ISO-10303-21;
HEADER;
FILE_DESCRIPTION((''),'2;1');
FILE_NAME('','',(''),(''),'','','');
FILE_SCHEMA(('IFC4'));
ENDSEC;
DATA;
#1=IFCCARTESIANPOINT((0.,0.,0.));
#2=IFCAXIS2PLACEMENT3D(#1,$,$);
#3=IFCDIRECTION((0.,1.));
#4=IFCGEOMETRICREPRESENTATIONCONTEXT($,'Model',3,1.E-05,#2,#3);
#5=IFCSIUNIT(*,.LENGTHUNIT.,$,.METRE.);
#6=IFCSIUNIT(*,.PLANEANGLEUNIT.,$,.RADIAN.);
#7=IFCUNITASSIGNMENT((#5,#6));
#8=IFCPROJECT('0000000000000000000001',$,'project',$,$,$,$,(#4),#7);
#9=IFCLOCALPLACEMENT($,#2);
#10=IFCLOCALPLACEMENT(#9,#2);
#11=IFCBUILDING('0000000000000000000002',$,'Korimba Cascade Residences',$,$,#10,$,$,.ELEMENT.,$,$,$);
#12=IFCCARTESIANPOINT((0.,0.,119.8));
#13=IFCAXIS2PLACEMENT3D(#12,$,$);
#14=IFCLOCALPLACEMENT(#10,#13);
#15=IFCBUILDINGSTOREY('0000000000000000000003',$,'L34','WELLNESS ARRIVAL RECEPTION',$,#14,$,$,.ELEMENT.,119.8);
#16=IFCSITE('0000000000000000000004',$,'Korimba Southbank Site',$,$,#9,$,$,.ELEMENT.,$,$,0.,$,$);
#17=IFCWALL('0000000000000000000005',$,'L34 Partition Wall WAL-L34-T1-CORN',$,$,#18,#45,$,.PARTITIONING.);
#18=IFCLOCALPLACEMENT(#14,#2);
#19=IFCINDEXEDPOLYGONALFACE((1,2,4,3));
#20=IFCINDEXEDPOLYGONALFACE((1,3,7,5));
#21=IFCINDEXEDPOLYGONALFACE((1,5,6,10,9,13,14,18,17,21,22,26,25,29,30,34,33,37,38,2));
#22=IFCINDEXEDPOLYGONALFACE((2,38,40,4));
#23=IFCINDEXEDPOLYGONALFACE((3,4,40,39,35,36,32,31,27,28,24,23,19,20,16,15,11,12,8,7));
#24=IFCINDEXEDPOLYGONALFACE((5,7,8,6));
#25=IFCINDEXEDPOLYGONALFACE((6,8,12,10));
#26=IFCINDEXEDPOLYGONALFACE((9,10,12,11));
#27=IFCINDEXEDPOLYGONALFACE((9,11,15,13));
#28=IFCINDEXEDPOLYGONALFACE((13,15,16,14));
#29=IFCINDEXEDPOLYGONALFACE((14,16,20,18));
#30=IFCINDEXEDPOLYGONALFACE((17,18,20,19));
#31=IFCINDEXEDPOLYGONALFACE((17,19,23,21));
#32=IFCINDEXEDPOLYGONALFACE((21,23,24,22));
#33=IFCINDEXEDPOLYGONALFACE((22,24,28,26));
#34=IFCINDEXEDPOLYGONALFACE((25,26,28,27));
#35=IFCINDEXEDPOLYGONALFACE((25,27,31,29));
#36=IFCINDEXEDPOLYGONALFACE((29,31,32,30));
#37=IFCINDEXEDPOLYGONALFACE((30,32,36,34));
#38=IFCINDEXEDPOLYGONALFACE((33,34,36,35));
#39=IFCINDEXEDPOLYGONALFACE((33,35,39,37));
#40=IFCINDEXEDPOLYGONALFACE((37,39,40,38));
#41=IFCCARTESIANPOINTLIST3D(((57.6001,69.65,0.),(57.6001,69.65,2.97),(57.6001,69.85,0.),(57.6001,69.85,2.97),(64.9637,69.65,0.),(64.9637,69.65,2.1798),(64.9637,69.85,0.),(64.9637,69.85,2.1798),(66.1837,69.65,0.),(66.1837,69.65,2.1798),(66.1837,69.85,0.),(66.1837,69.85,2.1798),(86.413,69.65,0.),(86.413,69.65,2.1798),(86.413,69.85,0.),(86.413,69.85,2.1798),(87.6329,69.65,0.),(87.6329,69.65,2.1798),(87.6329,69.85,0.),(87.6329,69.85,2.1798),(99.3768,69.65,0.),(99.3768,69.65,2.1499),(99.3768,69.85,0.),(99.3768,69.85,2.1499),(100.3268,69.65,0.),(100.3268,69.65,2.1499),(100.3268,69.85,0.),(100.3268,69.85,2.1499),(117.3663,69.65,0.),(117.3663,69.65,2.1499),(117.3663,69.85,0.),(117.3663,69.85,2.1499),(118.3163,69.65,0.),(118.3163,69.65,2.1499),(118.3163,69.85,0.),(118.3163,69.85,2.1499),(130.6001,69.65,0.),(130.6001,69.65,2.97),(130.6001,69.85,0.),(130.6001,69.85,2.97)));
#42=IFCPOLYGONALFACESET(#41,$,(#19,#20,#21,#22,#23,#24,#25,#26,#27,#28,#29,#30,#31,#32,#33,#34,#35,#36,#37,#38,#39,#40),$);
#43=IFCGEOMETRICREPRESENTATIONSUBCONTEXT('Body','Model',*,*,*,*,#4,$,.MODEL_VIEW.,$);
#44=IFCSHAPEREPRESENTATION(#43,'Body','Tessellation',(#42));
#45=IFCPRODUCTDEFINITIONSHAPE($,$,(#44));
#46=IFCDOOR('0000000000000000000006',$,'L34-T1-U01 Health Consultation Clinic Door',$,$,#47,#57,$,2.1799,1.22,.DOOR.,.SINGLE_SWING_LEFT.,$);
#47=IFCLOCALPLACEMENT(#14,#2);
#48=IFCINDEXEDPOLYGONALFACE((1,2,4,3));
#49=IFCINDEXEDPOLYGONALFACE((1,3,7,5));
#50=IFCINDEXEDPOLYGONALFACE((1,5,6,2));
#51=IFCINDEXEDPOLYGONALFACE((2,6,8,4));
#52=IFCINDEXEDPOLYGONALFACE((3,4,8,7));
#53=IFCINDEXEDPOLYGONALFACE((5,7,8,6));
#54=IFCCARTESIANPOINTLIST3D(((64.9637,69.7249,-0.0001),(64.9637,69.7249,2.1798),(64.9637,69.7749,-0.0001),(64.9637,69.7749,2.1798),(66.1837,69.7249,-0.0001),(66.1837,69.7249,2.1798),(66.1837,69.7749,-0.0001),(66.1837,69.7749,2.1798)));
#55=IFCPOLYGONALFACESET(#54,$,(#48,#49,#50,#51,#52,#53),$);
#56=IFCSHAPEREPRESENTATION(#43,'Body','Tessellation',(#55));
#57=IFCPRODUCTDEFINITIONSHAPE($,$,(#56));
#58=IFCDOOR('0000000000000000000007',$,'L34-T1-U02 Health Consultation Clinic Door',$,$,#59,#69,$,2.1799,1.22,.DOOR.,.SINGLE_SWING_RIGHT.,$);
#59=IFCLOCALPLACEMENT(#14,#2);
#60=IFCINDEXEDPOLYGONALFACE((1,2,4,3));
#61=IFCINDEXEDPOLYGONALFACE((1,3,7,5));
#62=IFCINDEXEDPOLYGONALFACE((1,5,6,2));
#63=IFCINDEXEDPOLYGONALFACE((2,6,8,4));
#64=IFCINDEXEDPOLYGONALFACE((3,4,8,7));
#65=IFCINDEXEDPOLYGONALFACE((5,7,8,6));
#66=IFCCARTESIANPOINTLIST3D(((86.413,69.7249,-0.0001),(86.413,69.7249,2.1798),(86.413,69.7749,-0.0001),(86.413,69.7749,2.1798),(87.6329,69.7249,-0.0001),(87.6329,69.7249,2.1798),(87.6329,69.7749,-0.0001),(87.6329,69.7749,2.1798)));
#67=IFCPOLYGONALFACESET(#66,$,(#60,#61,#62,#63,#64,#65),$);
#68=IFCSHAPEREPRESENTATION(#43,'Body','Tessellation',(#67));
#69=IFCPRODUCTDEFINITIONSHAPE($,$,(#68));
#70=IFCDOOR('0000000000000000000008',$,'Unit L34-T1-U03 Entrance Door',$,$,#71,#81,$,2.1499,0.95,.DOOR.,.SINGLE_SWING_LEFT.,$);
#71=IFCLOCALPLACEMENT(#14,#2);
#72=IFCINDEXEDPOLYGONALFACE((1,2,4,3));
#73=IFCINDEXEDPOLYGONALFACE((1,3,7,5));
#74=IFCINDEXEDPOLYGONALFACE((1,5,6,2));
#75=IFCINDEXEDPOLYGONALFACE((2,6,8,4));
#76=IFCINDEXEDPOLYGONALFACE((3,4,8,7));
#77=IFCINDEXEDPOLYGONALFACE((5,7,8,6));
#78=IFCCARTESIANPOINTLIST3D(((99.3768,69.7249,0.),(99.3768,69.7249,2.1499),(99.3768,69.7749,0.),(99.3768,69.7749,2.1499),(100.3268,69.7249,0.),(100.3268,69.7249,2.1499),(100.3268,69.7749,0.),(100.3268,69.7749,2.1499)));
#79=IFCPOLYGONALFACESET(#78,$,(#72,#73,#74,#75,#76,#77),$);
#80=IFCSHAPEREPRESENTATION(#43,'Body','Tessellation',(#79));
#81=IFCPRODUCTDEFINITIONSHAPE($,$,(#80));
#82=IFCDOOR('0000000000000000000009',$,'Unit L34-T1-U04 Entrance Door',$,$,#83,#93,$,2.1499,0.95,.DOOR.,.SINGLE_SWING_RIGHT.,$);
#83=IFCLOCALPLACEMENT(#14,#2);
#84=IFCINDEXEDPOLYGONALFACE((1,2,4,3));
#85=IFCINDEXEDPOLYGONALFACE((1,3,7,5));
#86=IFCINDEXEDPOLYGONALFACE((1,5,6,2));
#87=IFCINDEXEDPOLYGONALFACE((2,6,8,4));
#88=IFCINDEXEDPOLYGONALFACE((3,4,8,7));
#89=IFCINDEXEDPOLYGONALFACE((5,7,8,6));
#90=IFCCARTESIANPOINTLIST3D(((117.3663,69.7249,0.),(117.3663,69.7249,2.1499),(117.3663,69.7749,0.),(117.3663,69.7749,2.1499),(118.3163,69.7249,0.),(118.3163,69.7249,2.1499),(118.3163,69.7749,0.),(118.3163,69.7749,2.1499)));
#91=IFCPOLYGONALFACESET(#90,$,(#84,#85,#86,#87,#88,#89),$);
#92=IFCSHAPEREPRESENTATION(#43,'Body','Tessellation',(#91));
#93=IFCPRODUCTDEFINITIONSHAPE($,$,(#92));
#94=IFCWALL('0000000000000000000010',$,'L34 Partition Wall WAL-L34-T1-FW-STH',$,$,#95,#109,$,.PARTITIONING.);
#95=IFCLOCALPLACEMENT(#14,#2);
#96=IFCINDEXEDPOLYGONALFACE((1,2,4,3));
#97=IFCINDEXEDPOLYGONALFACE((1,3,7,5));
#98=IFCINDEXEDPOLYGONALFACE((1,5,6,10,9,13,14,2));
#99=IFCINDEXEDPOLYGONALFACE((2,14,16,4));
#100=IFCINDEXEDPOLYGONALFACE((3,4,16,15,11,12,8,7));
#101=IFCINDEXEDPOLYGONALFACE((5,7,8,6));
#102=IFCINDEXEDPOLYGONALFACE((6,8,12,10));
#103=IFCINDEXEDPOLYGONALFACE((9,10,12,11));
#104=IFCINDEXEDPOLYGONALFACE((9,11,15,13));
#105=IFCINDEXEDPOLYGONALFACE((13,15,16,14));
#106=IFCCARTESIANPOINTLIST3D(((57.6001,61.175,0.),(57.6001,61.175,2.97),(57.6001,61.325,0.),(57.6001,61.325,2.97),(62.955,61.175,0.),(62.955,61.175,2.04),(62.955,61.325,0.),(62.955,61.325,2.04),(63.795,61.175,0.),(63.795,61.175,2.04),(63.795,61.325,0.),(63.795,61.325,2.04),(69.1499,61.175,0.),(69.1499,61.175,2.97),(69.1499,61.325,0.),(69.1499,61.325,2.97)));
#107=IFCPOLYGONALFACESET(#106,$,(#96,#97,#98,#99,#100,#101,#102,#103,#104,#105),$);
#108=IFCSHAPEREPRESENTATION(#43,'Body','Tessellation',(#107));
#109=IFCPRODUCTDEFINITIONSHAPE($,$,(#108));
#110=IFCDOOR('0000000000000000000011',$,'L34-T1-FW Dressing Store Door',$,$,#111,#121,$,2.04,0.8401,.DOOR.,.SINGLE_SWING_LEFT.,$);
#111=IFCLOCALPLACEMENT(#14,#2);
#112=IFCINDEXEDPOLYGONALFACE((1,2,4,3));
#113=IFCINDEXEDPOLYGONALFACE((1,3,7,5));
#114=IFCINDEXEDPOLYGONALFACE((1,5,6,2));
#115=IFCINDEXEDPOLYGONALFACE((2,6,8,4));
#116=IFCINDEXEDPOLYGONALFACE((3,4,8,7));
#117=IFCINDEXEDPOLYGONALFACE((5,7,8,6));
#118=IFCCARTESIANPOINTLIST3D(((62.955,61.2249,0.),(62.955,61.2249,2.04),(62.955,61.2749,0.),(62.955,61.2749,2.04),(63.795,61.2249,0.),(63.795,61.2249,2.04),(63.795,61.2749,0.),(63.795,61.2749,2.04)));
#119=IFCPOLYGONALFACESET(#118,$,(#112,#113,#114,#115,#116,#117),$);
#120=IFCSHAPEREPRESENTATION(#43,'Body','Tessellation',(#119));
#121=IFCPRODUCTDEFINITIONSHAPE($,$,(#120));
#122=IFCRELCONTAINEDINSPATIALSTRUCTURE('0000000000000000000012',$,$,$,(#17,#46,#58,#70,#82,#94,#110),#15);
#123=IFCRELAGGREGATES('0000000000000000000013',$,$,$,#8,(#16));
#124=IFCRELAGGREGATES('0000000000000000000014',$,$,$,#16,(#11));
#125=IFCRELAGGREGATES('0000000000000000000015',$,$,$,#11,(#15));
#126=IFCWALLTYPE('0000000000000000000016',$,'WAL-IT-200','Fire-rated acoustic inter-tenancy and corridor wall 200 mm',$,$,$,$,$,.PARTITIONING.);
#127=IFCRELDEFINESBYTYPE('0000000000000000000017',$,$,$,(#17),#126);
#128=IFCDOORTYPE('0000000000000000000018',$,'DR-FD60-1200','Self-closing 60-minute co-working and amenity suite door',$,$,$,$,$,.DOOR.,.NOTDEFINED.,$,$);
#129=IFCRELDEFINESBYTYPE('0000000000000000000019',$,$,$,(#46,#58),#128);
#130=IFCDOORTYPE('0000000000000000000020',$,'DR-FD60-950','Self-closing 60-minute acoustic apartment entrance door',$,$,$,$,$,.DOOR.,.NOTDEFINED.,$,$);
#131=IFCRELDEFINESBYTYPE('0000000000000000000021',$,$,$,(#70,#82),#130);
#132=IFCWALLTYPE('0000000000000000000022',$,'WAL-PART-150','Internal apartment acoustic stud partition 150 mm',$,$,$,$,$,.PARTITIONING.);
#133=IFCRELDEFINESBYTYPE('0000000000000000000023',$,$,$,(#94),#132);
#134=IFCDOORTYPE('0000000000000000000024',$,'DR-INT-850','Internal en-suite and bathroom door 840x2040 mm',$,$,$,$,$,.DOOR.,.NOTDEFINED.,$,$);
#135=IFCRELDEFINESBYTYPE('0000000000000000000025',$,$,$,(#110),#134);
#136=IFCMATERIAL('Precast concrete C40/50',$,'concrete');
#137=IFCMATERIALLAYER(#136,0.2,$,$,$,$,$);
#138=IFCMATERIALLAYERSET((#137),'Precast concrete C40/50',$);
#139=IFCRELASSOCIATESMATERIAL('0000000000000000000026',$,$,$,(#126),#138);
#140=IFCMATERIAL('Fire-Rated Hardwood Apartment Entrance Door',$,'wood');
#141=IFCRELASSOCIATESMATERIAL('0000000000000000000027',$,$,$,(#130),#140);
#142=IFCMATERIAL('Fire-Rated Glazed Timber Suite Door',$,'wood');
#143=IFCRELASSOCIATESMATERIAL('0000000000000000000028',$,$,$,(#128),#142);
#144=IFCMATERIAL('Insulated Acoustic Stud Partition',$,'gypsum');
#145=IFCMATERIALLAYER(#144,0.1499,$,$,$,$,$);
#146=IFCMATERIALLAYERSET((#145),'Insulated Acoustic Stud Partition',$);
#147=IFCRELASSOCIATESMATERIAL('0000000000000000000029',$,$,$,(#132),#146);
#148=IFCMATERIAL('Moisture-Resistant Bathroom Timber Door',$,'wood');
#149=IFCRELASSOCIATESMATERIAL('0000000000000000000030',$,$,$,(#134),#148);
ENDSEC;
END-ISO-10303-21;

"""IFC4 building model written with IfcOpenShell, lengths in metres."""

from ifc_helpers import new_model, si_unit, direction, frame, frame_2d, origin, place, context, subcontext, project, spatial, rectangle, extrude, material, layer, layer_set, type_object, element, fill, save


model = new_model("IFC4")

# Units and contexts
model_context = context("Model", 3, precision=1e-05, world=origin(), true_north=direction((0.0, 1.0)))
body_context = subcontext(model_context, "Body", "Model", "MODEL_VIEW")
ifc_project = project(units=[si_unit("LENGTHUNIT", "METRE"), si_unit("PLANEANGLEUNIT", "RADIAN")], contexts=[model_context])

# Site, building, storey
site_placement = place(None, origin())
site = spatial("IfcSite", under=ifc_project, at=site_placement, Name="Korimba Southbank Site", CompositionType="ELEMENT", RefElevation=0.0)
building_placement = place(site_placement, origin())
building = spatial("IfcBuilding", under=site, at=building_placement, Name="Korimba Cascade Residences", CompositionType="ELEMENT")
storey_placement = place(building_placement, frame((0.0, 0.0, 119.8)))
storey = spatial("IfcBuildingStorey", under=building, at=storey_placement, Name="L34", Description="WELLNESS ARRIVAL RECEPTION", CompositionType="ELEMENT", Elevation=119.8)

# Shared definitions
ifc_material_1 = material(Name="Precast concrete C40/50", Category="concrete")
ifc_layer_1 = layer(ifc_material_1, 0.2)
ifc_layer_set_1 = layer_set([ifc_layer_1], Name="Precast concrete C40/50")
wall_type_1 = type_object("IfcWallType", Name="WAL-IT-200", Description="Fire-rated acoustic inter-tenancy and corridor wall 200 mm", PredefinedType="PARTITIONING", material=ifc_layer_set_1)
ifc_material_2 = material(Name="Fire-Rated Hardwood Apartment Entrance Door", Category="wood")
door_type_1 = type_object("IfcDoorType", Name="DR-FD60-950", Description="Self-closing 60-minute acoustic apartment entrance door", OperationType="NOTDEFINED", PredefinedType="DOOR", material=ifc_material_2)

# Wall, openings, doors
wall_1_placement = place(storey_placement, frame((57.6001, 69.75, 0.0), z_axis=(0.0, 0.0, 1.0), x_axis=(1.0, 0.0, 0.0)))
wall_1 = element("IfcWall", 1, at=wall_1_placement, inside=storey, type_object=wall_type_1, Name="L34 Partition Wall WAL-L34-T1-CORN", PredefinedType="PARTITIONING", context=body_context, shape_type="SweptSolid", body=[
    extrude(rectangle(XDim=73.0, YDim=0.2, at=frame_2d((36.5, 0.0))), origin(), (0.0, 0.0, 1.0), 2.97),
])
opening_1_placement = place(wall_1_placement, frame((7.3638, 0.0, 0.0)))
opening_1 = element("IfcOpeningElement", 2, at=opening_1_placement, cuts=wall_1, PredefinedType="OPENING", context=body_context, shape_type="SweptSolid", body=[
    extrude(rectangle(XDim=1.22, YDim=2.1799, at=frame_2d((0.6099, 1.0898))), frame((0.0, 0.1099, 0.0), z_axis=(0.0, -1.0, 0.0), x_axis=(1.0, 0.0, 0.0)), (0.0, 0.0, 1.0), 0.22),
])
opening_2_placement = place(wall_1_placement, frame((28.813, 0.0, 0.0)))
opening_2 = element("IfcOpeningElement", 3, at=opening_2_placement, cuts=wall_1, PredefinedType="OPENING", context=body_context, shape_type="SweptSolid", body=[
    extrude(rectangle(XDim=1.22, YDim=2.1799, at=frame_2d((0.6099, 1.0898))), frame((0.0, 0.1099, 0.0), z_axis=(0.0, -1.0, 0.0), x_axis=(1.0, 0.0, 0.0)), (0.0, 0.0, 1.0), 0.22),
])
opening_3_placement = place(wall_1_placement, frame((41.7766, 0.0, 0.0)))
opening_3 = element("IfcOpeningElement", 4, at=opening_3_placement, cuts=wall_1, PredefinedType="OPENING", context=body_context, shape_type="SweptSolid", body=[
    extrude(rectangle(XDim=0.95, YDim=2.1499, at=frame_2d((0.4751, 1.075))), frame((0.0, 0.1099, 0.0), z_axis=(0.0, -1.0, 0.0), x_axis=(1.0, 0.0, 0.0)), (0.0, 0.0, 1.0), 0.22),
])
opening_4_placement = place(wall_1_placement, frame((59.7661, 0.0, 0.0)))
opening_4 = element("IfcOpeningElement", 5, at=opening_4_placement, cuts=wall_1, PredefinedType="OPENING", context=body_context, shape_type="SweptSolid", body=[
    extrude(rectangle(XDim=0.95, YDim=2.1499, at=frame_2d((0.4751, 1.075))), frame((0.0, 0.1099, 0.0), z_axis=(0.0, -1.0, 0.0), x_axis=(1.0, 0.0, 0.0)), (0.0, 0.0, 1.0), 0.22),
])
ifc_material_3 = material(Name="Fire-Rated Glazed Timber Suite Door", Category="wood")
door_type_2 = type_object("IfcDoorType", Name="DR-FD60-1200", Description="Self-closing 60-minute co-working and amenity suite door", OperationType="NOTDEFINED", PredefinedType="DOOR", material=ifc_material_3)
door_1_placement = place(opening_1_placement, origin())
door_1 = element("IfcDoor", 6, at=door_1_placement, inside=storey, type_object=door_type_2, Name="L34-T1-U01 Health Consultation Clinic Door", OperationType="SINGLE_SWING_LEFT", OverallHeight=2.1799, OverallWidth=1.22, PredefinedType="DOOR", context=body_context, shape_type="SweptSolid", body=[
    extrude(rectangle(XDim=1.22, YDim=2.1799, at=frame_2d((0.6099, 1.0898))), frame((0.0, 0.0249, 0.0), z_axis=(0.0, -1.0, 0.0), x_axis=(1.0, 0.0, 0.0)), (0.0, 0.0, 1.0), 0.05),
])
fill(opening_1, door_1)
door_2_placement = place(opening_2_placement, origin())
door_2 = element("IfcDoor", 7, at=door_2_placement, inside=storey, type_object=door_type_2, Name="L34-T1-U02 Health Consultation Clinic Door", OperationType="SINGLE_SWING_RIGHT", OverallHeight=2.1799, OverallWidth=1.22, PredefinedType="DOOR", context=body_context, shape_type="SweptSolid", body=[
    extrude(rectangle(XDim=1.22, YDim=2.1799, at=frame_2d((0.6099, 1.0898))), frame((0.0, 0.0249, 0.0), z_axis=(0.0, -1.0, 0.0), x_axis=(1.0, 0.0, 0.0)), (0.0, 0.0, 1.0), 0.05),
])
fill(opening_2, door_2)
door_3_placement = place(opening_3_placement, origin())
door_3 = element("IfcDoor", 8, at=door_3_placement, inside=storey, type_object=door_type_1, Name="Unit L34-T1-U03 Entrance Door", OperationType="SINGLE_SWING_LEFT", OverallHeight=2.1499, OverallWidth=0.95, PredefinedType="DOOR", context=body_context, shape_type="SweptSolid", body=[
    extrude(rectangle(XDim=0.95, YDim=2.1499, at=frame_2d((0.4751, 1.075))), frame((0.0, 0.0249, 0.0), z_axis=(0.0, -1.0, 0.0), x_axis=(1.0, 0.0, 0.0)), (0.0, 0.0, 1.0), 0.05),
])
fill(opening_3, door_3)
door_4_placement = place(opening_4_placement, origin())
door_4 = element("IfcDoor", 9, at=door_4_placement, inside=storey, type_object=door_type_1, Name="Unit L34-T1-U04 Entrance Door", OperationType="SINGLE_SWING_RIGHT", OverallHeight=2.1499, OverallWidth=0.95, PredefinedType="DOOR", context=body_context, shape_type="SweptSolid", body=[
    extrude(rectangle(XDim=0.95, YDim=2.1499, at=frame_2d((0.4751, 1.075))), frame((0.0, 0.0249, 0.0), z_axis=(0.0, -1.0, 0.0), x_axis=(1.0, 0.0, 0.0)), (0.0, 0.0, 1.0), 0.05),
])
fill(opening_4, door_4)

# Wall, opening, door
ifc_material_4 = material(Name="Insulated Acoustic Stud Partition", Category="gypsum")
ifc_layer_2 = layer(ifc_material_4, 0.1499)
ifc_layer_set_2 = layer_set([ifc_layer_2], Name="Insulated Acoustic Stud Partition")
wall_type_2 = type_object("IfcWallType", Name="WAL-PART-150", Description="Internal apartment acoustic stud partition 150 mm", PredefinedType="PARTITIONING", material=ifc_layer_set_2)
wall_2_placement = place(storey_placement, frame((57.6001, 61.25, 0.0), z_axis=(0.0, 0.0, 1.0), x_axis=(1.0, 0.0, 0.0)))
wall_2 = element("IfcWall", 10, at=wall_2_placement, inside=storey, type_object=wall_type_2, Name="L34 Partition Wall WAL-L34-T1-FW-STH", PredefinedType="PARTITIONING", context=body_context, shape_type="SweptSolid", body=[
    extrude(rectangle(XDim=11.5498, YDim=0.1499, at=frame_2d((5.7749, 0.0))), origin(), (0.0, 0.0, 1.0), 2.97),
])
opening_5_placement = place(wall_2_placement, frame((5.355, 0.0, 0.0)))
opening_5 = element("IfcOpeningElement", 11, at=opening_5_placement, cuts=wall_2, PredefinedType="OPENING", context=body_context, shape_type="SweptSolid", body=[
    extrude(rectangle(XDim=0.8401, YDim=2.04, at=frame_2d((0.4199, 1.02))), frame((0.0, 0.085, 0.0), z_axis=(0.0, -1.0, 0.0), x_axis=(1.0, 0.0, 0.0)), (0.0, 0.0, 1.0), 0.1699),
])
ifc_material_5 = material(Name="Moisture-Resistant Bathroom Timber Door", Category="wood")
door_type_3 = type_object("IfcDoorType", Name="DR-INT-850", Description="Internal en-suite and bathroom door 840x2040 mm", OperationType="NOTDEFINED", PredefinedType="DOOR", material=ifc_material_5)
door_5_placement = place(opening_5_placement, origin())
door_5 = element("IfcDoor", 12, at=door_5_placement, inside=storey, type_object=door_type_3, Name="L34-T1-FW Dressing Store Door", OperationType="SINGLE_SWING_LEFT", OverallHeight=2.04, OverallWidth=0.8401, PredefinedType="DOOR", context=body_context, shape_type="SweptSolid", body=[
    extrude(rectangle(XDim=0.8401, YDim=2.04, at=frame_2d((0.4199, 1.02))), frame((0.0, 0.0249, 0.0), z_axis=(0.0, -1.0, 0.0), x_axis=(1.0, 0.0, 0.0)), (0.0, 0.0, 1.0), 0.05),
])
fill(opening_5, door_5)

save(model, "model.ifc")
